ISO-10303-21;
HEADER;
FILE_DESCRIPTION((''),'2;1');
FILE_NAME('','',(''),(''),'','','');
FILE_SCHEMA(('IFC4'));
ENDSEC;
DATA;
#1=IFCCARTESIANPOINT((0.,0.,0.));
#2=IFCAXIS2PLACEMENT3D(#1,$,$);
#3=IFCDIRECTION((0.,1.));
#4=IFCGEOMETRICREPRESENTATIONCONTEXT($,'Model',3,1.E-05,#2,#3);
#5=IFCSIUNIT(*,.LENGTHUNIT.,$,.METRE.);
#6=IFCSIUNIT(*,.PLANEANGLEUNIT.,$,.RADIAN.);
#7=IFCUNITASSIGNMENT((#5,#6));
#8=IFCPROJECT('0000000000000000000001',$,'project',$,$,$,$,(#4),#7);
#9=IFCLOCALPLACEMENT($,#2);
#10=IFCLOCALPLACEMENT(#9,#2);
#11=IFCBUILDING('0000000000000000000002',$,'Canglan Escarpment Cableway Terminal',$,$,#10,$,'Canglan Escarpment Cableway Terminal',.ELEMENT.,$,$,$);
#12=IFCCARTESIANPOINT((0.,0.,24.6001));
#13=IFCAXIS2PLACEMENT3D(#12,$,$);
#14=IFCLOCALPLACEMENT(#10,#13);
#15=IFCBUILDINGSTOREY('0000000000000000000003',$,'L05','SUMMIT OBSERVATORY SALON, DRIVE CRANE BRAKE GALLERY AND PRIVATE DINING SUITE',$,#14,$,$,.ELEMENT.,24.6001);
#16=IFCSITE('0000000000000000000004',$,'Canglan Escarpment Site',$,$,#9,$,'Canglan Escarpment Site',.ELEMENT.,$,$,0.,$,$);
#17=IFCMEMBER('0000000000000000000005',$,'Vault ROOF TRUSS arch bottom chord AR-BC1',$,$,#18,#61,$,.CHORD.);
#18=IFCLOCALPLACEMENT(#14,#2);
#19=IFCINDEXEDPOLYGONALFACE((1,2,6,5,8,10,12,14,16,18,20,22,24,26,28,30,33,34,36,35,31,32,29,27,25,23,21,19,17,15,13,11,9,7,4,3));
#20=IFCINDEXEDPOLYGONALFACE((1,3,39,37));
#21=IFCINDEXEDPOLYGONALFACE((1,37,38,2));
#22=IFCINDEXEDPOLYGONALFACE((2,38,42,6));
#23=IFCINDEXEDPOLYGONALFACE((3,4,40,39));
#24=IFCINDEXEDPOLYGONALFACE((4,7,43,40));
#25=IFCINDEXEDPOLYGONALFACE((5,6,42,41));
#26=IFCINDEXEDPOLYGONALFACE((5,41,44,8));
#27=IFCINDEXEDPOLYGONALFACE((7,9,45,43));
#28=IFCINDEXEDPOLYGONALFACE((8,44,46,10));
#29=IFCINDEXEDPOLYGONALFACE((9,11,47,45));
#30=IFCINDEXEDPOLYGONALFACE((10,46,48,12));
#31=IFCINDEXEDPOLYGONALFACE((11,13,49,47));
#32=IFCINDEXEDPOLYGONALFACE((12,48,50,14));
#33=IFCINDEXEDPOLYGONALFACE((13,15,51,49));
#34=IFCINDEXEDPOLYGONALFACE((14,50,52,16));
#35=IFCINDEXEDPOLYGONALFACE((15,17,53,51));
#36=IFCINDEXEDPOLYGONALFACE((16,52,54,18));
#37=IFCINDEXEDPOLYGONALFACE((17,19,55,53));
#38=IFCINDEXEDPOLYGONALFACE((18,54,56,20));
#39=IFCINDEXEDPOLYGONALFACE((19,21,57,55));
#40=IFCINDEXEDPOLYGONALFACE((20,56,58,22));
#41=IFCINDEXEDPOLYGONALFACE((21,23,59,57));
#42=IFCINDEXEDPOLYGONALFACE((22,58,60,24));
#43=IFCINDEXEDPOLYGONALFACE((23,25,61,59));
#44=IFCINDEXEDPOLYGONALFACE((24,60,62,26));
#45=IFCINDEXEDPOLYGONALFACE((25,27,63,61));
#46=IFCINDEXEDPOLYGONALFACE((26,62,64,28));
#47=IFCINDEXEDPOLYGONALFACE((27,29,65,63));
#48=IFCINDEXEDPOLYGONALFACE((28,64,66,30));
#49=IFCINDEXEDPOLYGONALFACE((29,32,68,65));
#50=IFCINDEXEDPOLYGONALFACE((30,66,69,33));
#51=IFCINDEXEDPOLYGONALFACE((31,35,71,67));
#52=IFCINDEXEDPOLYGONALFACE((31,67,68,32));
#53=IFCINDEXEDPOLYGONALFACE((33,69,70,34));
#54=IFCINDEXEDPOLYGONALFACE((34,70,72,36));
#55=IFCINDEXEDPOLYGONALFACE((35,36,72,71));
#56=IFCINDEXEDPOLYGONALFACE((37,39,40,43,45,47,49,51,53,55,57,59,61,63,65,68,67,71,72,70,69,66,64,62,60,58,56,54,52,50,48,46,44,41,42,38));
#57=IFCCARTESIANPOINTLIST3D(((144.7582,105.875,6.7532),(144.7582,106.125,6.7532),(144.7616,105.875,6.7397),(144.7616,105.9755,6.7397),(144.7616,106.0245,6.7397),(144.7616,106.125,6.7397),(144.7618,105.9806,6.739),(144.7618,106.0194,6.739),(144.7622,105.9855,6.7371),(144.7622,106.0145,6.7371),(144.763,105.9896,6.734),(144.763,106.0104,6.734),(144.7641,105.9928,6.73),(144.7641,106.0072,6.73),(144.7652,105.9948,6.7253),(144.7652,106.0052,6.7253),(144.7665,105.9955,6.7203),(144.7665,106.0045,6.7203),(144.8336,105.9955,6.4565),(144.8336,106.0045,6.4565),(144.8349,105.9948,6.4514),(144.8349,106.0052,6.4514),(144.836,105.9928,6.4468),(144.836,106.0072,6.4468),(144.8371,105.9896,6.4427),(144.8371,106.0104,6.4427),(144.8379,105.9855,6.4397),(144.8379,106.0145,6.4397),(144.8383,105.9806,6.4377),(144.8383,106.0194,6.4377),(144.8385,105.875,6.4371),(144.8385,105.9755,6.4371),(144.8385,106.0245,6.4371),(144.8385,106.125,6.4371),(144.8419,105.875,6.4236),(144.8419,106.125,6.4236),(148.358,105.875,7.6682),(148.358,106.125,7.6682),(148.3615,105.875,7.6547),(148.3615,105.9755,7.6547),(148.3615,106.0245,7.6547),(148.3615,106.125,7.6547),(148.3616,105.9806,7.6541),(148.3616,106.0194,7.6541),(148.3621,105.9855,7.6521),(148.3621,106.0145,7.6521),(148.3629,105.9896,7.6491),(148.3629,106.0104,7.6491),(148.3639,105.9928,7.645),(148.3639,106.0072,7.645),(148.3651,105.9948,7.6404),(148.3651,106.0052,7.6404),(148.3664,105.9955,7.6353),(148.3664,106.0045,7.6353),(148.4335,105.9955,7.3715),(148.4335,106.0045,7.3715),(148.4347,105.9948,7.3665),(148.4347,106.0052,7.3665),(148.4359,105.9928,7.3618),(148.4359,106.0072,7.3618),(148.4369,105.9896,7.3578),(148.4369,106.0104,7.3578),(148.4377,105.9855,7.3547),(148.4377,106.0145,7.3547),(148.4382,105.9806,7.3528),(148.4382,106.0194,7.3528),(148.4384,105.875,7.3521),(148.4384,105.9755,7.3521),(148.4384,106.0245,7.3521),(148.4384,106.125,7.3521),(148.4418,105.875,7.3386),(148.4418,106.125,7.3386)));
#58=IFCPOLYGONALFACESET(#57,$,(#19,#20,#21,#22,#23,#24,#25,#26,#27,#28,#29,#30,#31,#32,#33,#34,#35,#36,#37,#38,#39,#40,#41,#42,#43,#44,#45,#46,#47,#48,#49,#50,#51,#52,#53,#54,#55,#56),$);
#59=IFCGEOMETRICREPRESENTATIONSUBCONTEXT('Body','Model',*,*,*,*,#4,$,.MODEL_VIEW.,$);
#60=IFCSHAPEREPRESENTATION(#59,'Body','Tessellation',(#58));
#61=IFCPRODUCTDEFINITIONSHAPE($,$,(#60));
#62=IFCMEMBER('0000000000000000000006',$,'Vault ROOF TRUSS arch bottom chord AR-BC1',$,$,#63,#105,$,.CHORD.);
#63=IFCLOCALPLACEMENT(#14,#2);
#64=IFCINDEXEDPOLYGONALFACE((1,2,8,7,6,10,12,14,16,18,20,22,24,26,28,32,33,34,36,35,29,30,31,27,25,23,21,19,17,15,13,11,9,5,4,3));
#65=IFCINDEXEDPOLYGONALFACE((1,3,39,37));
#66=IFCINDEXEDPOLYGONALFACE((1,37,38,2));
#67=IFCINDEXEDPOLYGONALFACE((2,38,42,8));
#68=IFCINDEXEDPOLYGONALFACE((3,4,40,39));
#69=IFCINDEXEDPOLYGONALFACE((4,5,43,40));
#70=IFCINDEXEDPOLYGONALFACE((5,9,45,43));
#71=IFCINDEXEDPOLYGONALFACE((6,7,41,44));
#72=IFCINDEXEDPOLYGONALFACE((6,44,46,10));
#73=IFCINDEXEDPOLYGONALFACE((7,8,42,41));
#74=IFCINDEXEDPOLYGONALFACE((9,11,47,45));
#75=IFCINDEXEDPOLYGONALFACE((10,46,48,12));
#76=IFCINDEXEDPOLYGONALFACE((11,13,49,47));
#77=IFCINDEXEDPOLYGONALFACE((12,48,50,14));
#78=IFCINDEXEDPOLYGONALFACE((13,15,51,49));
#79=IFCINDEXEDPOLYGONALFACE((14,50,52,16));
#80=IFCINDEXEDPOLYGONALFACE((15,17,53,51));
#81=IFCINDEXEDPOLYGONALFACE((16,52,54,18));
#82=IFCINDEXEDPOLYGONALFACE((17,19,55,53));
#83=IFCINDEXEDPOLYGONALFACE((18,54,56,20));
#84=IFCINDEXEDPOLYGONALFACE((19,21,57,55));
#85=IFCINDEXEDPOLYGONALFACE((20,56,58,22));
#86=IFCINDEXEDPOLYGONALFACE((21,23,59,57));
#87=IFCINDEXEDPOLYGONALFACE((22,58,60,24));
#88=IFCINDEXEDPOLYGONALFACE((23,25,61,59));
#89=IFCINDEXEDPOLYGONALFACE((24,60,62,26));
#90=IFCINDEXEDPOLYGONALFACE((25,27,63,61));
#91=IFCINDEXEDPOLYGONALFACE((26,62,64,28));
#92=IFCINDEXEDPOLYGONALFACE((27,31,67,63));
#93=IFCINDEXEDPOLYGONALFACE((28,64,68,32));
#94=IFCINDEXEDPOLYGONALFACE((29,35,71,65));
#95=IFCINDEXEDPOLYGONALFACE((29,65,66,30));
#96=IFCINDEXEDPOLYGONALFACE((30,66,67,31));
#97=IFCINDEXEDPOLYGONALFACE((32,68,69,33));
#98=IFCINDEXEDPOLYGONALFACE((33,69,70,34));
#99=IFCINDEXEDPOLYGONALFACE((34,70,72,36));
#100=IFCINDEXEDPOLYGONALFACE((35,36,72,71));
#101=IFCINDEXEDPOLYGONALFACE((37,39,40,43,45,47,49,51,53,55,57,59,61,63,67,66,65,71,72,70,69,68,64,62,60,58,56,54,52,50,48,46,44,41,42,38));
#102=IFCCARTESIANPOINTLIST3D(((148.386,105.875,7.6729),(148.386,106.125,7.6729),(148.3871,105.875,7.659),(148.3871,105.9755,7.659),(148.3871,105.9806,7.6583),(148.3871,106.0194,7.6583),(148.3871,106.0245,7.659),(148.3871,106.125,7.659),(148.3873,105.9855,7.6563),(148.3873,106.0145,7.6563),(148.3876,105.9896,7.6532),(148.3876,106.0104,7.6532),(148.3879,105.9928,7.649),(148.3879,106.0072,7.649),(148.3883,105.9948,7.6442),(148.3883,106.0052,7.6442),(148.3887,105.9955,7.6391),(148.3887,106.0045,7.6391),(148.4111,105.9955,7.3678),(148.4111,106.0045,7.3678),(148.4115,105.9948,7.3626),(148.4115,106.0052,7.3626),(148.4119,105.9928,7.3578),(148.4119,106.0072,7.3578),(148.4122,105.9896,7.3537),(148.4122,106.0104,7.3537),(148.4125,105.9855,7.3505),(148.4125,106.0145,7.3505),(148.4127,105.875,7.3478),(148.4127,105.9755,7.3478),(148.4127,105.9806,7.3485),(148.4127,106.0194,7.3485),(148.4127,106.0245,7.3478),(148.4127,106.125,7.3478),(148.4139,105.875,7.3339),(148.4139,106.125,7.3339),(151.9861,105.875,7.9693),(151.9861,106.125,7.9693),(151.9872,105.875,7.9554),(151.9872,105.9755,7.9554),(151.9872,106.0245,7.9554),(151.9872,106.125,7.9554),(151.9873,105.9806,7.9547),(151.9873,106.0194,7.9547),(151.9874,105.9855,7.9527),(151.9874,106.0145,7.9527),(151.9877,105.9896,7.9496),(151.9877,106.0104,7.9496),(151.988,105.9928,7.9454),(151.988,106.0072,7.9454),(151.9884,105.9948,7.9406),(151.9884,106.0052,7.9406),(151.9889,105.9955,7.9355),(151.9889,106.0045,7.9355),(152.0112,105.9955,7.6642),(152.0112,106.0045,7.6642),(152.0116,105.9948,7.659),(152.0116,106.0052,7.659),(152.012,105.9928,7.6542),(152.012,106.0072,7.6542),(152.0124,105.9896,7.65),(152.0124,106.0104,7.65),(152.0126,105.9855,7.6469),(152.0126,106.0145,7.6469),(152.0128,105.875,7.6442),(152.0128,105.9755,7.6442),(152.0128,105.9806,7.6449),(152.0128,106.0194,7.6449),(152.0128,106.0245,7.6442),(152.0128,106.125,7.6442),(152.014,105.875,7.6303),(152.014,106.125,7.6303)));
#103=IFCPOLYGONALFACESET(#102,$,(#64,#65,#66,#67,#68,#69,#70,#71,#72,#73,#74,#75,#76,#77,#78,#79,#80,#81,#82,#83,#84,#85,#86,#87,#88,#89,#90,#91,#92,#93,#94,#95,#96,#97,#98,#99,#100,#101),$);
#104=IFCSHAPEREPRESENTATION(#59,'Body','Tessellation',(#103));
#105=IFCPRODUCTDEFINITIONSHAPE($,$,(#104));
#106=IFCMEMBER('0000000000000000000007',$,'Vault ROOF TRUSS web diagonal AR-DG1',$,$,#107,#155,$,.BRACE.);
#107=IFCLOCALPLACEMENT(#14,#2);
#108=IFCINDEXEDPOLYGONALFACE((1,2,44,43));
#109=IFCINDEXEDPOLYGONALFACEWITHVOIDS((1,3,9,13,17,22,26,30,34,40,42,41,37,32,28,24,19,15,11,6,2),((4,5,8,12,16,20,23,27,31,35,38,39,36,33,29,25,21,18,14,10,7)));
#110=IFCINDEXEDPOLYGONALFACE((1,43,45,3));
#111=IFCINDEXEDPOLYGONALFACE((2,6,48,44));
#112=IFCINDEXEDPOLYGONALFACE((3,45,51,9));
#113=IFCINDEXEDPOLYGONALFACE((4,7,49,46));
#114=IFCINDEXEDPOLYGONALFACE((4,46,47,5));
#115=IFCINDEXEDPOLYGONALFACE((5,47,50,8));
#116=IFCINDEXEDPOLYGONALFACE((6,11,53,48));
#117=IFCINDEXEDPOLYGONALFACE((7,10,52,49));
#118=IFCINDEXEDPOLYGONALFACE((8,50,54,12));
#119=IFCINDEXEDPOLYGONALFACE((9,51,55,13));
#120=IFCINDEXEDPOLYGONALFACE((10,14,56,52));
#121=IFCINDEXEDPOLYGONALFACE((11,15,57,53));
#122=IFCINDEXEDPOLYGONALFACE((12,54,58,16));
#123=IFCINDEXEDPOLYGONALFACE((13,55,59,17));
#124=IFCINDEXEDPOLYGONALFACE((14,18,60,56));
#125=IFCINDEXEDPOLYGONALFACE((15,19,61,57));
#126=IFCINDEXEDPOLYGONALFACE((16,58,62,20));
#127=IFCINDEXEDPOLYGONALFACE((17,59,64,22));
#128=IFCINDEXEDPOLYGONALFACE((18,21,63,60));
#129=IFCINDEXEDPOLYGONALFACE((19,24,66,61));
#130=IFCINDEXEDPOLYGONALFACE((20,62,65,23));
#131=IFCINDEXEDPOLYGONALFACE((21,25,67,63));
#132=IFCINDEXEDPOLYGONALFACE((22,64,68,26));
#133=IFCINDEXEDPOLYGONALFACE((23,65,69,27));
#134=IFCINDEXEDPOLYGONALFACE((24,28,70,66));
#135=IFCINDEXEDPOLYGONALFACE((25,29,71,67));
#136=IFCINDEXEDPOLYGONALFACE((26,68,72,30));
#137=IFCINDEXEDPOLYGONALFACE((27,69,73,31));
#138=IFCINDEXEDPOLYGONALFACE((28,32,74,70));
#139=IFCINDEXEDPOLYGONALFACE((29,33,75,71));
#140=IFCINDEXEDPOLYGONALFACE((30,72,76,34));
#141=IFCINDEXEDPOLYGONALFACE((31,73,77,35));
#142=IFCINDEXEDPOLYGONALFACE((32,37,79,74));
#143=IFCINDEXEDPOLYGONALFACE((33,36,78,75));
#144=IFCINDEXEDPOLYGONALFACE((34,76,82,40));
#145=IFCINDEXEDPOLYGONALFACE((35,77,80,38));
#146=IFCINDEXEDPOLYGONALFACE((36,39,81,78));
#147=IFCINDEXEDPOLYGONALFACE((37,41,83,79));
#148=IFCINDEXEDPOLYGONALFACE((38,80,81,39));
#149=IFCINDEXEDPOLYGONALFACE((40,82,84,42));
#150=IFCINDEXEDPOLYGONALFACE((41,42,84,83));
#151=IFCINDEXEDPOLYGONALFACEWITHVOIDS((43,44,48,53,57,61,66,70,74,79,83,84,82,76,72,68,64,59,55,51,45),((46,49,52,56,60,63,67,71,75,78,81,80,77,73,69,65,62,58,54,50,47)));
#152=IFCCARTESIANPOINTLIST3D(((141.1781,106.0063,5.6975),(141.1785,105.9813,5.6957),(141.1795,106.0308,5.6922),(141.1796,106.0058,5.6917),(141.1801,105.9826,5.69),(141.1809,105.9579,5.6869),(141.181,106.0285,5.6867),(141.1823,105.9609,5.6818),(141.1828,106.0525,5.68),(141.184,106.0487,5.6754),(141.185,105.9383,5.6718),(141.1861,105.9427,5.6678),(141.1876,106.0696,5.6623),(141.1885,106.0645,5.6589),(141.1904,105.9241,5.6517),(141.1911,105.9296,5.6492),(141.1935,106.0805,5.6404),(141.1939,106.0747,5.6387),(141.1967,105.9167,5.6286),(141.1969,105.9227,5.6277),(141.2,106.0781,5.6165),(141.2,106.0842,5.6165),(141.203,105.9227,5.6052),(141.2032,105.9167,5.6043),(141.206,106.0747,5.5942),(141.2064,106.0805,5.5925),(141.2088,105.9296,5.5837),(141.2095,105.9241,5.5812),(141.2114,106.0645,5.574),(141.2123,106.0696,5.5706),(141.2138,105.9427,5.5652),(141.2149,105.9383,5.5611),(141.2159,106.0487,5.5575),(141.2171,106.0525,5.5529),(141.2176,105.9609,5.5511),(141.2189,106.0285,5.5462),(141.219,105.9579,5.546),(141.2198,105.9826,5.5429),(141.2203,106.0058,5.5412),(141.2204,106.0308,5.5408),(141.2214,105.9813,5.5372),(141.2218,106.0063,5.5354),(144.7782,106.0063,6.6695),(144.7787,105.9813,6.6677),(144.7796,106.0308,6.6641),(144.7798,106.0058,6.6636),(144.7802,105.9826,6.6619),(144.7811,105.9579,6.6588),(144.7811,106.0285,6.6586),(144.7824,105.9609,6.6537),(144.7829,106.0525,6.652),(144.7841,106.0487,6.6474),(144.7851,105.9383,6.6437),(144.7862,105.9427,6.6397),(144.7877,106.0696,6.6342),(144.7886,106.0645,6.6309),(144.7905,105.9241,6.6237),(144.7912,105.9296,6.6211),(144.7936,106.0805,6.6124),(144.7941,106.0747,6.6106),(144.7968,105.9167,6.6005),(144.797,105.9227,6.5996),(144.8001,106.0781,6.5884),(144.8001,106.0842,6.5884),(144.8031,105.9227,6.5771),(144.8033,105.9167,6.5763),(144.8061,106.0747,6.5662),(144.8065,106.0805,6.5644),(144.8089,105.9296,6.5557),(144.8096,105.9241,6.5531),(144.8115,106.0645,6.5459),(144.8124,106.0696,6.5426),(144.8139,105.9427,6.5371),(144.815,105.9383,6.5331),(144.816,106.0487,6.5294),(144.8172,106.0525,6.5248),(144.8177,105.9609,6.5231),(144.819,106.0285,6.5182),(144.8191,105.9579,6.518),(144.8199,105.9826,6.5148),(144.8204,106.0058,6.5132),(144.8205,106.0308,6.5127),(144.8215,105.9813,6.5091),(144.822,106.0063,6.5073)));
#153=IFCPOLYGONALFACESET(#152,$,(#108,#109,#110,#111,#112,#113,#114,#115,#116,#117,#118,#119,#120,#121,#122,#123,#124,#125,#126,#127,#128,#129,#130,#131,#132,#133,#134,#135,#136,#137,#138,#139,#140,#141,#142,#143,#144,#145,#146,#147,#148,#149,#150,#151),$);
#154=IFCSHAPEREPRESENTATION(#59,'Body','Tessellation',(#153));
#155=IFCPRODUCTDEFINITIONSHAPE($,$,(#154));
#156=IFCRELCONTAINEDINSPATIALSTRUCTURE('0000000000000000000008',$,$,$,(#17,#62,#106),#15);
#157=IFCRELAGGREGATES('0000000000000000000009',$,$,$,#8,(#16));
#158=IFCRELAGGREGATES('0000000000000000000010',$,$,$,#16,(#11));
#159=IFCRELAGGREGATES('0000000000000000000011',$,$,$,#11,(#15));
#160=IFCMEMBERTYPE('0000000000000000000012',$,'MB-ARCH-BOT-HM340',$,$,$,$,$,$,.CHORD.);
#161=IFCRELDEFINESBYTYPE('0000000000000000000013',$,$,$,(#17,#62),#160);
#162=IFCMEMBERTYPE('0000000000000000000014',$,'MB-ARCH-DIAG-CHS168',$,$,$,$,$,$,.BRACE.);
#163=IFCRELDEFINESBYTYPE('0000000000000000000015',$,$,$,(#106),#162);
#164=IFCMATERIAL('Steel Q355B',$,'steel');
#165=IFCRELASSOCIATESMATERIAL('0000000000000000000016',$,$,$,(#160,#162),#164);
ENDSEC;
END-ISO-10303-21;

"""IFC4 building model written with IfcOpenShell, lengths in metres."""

from ifc_helpers import new_model, si_unit, direction, frame, origin, origin_2d, place, context, subcontext, project, spatial, hollow_circle, i_section, extrude, material, material_profile, profile_set, type_object, element, save


model = new_model("IFC4")

# Units and contexts
model_context = context("Model", 3, precision=1e-05, world=origin(), true_north=direction((0.0, 1.0)))
body_context = subcontext(model_context, "Body", "Model", "MODEL_VIEW")
ifc_project = project(units=[si_unit("LENGTHUNIT", "METRE"), si_unit("PLANEANGLEUNIT", "RADIAN")], contexts=[model_context])

# Site, building, storey
site_placement = place(None, origin())
site = spatial("IfcSite", under=ifc_project, at=site_placement, Name="Canglan Escarpment Site", LongName="Canglan Escarpment Site", CompositionType="ELEMENT", RefElevation=0.0)
building_placement = place(site_placement, origin())
building = spatial("IfcBuilding", under=site, at=building_placement, Name="Canglan Escarpment Cableway Terminal", LongName="Canglan Escarpment Cableway Terminal", CompositionType="ELEMENT")
storey_placement = place(building_placement, frame((0.0, 0.0, 24.6001)))
storey = spatial("IfcBuildingStorey", under=building, at=storey_placement, Name="L05", Description="SUMMIT OBSERVATORY SALON, DRIVE CRANE BRAKE GALLERY AND PRIVATE DINING SUITE", CompositionType="ELEMENT", Elevation=24.6001)

# Shared definitions
ifc_material_1 = material(Name="Steel Q355B", Category="steel")

# Members
ifc_material_profile_1 = material_profile(ifc_material_1, i_section(OverallWidth=0.25, OverallDepth=0.3401, WebThickness=0.009, FlangeThickness=0.0139, FilletRadius=0.02, at=origin_2d()), Name="HM 340x250x9x14")
ifc_profile_set_1 = profile_set([ifc_material_profile_1], Name="Steel Q355B")
member_type_1 = type_object("IfcMemberType", Name="MB-ARCH-BOT-HM340", PredefinedType="CHORD", material=ifc_profile_set_1)
member_1_placement = place(storey_placement, frame((144.8, 106.0, 6.5884), z_axis=(0.96918, 0.0, 0.246354), x_axis=(0.0, 1.0, 0.0)))
element("IfcMember", 1, at=member_1_placement, inside=storey, type_object=member_type_1, Name="Vault ROOF TRUSS arch bottom chord AR-BC1", PredefinedType="CHORD", context=body_context, shape_type="SweptSolid", body=[
    extrude(i_section(OverallWidth=0.25, OverallDepth=0.3401, WebThickness=0.009, FlangeThickness=0.0139, FilletRadius=0.02, at=origin_2d()), origin(), (0.0, 0.0, 1.0), 3.7144),
])
member_2_placement = place(storey_placement, frame((148.3999, 106.0, 7.5034), z_axis=(0.996628, 0.0, 0.08205), x_axis=(0.0, 1.0, 0.0)))
element("IfcMember", 2, at=member_2_placement, inside=storey, type_object=member_type_1, Name="Vault ROOF TRUSS arch bottom chord AR-BC1", PredefinedType="CHORD", context=body_context, shape_type="SweptSolid", body=[
    extrude(i_section(OverallWidth=0.25, OverallDepth=0.3401, WebThickness=0.009, FlangeThickness=0.0139, FilletRadius=0.02, at=origin_2d()), origin(), (0.0, 0.0, 1.0), 3.6123),
])
ifc_material_profile_2 = material_profile(ifc_material_1, hollow_circle(Radius=0.0842, WallThickness=0.0061, at=origin_2d()), Name="CHS 168.3x6")
ifc_profile_set_2 = profile_set([ifc_material_profile_2], Name="Steel Q355B")
member_type_2 = type_object("IfcMemberType", Name="MB-ARCH-DIAG-CHS168", PredefinedType="BRACE", material=ifc_profile_set_2)
member_3_placement = place(storey_placement, frame((141.2, 106.0, 5.6165), z_axis=(0.965436, 0.0, 0.26064), x_axis=(0.0, 1.0, 0.0)))
element("IfcMember", 3, at=member_3_placement, inside=storey, type_object=member_type_2, Name="Vault ROOF TRUSS web diagonal AR-DG1", PredefinedType="BRACE", context=body_context, shape_type="SweptSolid", body=[
    extrude(hollow_circle(Radius=0.0842, WallThickness=0.0061, at=origin_2d()), origin(), (0.0, 0.0, 1.0), 3.729),
])

save(model, "model.ifc")
